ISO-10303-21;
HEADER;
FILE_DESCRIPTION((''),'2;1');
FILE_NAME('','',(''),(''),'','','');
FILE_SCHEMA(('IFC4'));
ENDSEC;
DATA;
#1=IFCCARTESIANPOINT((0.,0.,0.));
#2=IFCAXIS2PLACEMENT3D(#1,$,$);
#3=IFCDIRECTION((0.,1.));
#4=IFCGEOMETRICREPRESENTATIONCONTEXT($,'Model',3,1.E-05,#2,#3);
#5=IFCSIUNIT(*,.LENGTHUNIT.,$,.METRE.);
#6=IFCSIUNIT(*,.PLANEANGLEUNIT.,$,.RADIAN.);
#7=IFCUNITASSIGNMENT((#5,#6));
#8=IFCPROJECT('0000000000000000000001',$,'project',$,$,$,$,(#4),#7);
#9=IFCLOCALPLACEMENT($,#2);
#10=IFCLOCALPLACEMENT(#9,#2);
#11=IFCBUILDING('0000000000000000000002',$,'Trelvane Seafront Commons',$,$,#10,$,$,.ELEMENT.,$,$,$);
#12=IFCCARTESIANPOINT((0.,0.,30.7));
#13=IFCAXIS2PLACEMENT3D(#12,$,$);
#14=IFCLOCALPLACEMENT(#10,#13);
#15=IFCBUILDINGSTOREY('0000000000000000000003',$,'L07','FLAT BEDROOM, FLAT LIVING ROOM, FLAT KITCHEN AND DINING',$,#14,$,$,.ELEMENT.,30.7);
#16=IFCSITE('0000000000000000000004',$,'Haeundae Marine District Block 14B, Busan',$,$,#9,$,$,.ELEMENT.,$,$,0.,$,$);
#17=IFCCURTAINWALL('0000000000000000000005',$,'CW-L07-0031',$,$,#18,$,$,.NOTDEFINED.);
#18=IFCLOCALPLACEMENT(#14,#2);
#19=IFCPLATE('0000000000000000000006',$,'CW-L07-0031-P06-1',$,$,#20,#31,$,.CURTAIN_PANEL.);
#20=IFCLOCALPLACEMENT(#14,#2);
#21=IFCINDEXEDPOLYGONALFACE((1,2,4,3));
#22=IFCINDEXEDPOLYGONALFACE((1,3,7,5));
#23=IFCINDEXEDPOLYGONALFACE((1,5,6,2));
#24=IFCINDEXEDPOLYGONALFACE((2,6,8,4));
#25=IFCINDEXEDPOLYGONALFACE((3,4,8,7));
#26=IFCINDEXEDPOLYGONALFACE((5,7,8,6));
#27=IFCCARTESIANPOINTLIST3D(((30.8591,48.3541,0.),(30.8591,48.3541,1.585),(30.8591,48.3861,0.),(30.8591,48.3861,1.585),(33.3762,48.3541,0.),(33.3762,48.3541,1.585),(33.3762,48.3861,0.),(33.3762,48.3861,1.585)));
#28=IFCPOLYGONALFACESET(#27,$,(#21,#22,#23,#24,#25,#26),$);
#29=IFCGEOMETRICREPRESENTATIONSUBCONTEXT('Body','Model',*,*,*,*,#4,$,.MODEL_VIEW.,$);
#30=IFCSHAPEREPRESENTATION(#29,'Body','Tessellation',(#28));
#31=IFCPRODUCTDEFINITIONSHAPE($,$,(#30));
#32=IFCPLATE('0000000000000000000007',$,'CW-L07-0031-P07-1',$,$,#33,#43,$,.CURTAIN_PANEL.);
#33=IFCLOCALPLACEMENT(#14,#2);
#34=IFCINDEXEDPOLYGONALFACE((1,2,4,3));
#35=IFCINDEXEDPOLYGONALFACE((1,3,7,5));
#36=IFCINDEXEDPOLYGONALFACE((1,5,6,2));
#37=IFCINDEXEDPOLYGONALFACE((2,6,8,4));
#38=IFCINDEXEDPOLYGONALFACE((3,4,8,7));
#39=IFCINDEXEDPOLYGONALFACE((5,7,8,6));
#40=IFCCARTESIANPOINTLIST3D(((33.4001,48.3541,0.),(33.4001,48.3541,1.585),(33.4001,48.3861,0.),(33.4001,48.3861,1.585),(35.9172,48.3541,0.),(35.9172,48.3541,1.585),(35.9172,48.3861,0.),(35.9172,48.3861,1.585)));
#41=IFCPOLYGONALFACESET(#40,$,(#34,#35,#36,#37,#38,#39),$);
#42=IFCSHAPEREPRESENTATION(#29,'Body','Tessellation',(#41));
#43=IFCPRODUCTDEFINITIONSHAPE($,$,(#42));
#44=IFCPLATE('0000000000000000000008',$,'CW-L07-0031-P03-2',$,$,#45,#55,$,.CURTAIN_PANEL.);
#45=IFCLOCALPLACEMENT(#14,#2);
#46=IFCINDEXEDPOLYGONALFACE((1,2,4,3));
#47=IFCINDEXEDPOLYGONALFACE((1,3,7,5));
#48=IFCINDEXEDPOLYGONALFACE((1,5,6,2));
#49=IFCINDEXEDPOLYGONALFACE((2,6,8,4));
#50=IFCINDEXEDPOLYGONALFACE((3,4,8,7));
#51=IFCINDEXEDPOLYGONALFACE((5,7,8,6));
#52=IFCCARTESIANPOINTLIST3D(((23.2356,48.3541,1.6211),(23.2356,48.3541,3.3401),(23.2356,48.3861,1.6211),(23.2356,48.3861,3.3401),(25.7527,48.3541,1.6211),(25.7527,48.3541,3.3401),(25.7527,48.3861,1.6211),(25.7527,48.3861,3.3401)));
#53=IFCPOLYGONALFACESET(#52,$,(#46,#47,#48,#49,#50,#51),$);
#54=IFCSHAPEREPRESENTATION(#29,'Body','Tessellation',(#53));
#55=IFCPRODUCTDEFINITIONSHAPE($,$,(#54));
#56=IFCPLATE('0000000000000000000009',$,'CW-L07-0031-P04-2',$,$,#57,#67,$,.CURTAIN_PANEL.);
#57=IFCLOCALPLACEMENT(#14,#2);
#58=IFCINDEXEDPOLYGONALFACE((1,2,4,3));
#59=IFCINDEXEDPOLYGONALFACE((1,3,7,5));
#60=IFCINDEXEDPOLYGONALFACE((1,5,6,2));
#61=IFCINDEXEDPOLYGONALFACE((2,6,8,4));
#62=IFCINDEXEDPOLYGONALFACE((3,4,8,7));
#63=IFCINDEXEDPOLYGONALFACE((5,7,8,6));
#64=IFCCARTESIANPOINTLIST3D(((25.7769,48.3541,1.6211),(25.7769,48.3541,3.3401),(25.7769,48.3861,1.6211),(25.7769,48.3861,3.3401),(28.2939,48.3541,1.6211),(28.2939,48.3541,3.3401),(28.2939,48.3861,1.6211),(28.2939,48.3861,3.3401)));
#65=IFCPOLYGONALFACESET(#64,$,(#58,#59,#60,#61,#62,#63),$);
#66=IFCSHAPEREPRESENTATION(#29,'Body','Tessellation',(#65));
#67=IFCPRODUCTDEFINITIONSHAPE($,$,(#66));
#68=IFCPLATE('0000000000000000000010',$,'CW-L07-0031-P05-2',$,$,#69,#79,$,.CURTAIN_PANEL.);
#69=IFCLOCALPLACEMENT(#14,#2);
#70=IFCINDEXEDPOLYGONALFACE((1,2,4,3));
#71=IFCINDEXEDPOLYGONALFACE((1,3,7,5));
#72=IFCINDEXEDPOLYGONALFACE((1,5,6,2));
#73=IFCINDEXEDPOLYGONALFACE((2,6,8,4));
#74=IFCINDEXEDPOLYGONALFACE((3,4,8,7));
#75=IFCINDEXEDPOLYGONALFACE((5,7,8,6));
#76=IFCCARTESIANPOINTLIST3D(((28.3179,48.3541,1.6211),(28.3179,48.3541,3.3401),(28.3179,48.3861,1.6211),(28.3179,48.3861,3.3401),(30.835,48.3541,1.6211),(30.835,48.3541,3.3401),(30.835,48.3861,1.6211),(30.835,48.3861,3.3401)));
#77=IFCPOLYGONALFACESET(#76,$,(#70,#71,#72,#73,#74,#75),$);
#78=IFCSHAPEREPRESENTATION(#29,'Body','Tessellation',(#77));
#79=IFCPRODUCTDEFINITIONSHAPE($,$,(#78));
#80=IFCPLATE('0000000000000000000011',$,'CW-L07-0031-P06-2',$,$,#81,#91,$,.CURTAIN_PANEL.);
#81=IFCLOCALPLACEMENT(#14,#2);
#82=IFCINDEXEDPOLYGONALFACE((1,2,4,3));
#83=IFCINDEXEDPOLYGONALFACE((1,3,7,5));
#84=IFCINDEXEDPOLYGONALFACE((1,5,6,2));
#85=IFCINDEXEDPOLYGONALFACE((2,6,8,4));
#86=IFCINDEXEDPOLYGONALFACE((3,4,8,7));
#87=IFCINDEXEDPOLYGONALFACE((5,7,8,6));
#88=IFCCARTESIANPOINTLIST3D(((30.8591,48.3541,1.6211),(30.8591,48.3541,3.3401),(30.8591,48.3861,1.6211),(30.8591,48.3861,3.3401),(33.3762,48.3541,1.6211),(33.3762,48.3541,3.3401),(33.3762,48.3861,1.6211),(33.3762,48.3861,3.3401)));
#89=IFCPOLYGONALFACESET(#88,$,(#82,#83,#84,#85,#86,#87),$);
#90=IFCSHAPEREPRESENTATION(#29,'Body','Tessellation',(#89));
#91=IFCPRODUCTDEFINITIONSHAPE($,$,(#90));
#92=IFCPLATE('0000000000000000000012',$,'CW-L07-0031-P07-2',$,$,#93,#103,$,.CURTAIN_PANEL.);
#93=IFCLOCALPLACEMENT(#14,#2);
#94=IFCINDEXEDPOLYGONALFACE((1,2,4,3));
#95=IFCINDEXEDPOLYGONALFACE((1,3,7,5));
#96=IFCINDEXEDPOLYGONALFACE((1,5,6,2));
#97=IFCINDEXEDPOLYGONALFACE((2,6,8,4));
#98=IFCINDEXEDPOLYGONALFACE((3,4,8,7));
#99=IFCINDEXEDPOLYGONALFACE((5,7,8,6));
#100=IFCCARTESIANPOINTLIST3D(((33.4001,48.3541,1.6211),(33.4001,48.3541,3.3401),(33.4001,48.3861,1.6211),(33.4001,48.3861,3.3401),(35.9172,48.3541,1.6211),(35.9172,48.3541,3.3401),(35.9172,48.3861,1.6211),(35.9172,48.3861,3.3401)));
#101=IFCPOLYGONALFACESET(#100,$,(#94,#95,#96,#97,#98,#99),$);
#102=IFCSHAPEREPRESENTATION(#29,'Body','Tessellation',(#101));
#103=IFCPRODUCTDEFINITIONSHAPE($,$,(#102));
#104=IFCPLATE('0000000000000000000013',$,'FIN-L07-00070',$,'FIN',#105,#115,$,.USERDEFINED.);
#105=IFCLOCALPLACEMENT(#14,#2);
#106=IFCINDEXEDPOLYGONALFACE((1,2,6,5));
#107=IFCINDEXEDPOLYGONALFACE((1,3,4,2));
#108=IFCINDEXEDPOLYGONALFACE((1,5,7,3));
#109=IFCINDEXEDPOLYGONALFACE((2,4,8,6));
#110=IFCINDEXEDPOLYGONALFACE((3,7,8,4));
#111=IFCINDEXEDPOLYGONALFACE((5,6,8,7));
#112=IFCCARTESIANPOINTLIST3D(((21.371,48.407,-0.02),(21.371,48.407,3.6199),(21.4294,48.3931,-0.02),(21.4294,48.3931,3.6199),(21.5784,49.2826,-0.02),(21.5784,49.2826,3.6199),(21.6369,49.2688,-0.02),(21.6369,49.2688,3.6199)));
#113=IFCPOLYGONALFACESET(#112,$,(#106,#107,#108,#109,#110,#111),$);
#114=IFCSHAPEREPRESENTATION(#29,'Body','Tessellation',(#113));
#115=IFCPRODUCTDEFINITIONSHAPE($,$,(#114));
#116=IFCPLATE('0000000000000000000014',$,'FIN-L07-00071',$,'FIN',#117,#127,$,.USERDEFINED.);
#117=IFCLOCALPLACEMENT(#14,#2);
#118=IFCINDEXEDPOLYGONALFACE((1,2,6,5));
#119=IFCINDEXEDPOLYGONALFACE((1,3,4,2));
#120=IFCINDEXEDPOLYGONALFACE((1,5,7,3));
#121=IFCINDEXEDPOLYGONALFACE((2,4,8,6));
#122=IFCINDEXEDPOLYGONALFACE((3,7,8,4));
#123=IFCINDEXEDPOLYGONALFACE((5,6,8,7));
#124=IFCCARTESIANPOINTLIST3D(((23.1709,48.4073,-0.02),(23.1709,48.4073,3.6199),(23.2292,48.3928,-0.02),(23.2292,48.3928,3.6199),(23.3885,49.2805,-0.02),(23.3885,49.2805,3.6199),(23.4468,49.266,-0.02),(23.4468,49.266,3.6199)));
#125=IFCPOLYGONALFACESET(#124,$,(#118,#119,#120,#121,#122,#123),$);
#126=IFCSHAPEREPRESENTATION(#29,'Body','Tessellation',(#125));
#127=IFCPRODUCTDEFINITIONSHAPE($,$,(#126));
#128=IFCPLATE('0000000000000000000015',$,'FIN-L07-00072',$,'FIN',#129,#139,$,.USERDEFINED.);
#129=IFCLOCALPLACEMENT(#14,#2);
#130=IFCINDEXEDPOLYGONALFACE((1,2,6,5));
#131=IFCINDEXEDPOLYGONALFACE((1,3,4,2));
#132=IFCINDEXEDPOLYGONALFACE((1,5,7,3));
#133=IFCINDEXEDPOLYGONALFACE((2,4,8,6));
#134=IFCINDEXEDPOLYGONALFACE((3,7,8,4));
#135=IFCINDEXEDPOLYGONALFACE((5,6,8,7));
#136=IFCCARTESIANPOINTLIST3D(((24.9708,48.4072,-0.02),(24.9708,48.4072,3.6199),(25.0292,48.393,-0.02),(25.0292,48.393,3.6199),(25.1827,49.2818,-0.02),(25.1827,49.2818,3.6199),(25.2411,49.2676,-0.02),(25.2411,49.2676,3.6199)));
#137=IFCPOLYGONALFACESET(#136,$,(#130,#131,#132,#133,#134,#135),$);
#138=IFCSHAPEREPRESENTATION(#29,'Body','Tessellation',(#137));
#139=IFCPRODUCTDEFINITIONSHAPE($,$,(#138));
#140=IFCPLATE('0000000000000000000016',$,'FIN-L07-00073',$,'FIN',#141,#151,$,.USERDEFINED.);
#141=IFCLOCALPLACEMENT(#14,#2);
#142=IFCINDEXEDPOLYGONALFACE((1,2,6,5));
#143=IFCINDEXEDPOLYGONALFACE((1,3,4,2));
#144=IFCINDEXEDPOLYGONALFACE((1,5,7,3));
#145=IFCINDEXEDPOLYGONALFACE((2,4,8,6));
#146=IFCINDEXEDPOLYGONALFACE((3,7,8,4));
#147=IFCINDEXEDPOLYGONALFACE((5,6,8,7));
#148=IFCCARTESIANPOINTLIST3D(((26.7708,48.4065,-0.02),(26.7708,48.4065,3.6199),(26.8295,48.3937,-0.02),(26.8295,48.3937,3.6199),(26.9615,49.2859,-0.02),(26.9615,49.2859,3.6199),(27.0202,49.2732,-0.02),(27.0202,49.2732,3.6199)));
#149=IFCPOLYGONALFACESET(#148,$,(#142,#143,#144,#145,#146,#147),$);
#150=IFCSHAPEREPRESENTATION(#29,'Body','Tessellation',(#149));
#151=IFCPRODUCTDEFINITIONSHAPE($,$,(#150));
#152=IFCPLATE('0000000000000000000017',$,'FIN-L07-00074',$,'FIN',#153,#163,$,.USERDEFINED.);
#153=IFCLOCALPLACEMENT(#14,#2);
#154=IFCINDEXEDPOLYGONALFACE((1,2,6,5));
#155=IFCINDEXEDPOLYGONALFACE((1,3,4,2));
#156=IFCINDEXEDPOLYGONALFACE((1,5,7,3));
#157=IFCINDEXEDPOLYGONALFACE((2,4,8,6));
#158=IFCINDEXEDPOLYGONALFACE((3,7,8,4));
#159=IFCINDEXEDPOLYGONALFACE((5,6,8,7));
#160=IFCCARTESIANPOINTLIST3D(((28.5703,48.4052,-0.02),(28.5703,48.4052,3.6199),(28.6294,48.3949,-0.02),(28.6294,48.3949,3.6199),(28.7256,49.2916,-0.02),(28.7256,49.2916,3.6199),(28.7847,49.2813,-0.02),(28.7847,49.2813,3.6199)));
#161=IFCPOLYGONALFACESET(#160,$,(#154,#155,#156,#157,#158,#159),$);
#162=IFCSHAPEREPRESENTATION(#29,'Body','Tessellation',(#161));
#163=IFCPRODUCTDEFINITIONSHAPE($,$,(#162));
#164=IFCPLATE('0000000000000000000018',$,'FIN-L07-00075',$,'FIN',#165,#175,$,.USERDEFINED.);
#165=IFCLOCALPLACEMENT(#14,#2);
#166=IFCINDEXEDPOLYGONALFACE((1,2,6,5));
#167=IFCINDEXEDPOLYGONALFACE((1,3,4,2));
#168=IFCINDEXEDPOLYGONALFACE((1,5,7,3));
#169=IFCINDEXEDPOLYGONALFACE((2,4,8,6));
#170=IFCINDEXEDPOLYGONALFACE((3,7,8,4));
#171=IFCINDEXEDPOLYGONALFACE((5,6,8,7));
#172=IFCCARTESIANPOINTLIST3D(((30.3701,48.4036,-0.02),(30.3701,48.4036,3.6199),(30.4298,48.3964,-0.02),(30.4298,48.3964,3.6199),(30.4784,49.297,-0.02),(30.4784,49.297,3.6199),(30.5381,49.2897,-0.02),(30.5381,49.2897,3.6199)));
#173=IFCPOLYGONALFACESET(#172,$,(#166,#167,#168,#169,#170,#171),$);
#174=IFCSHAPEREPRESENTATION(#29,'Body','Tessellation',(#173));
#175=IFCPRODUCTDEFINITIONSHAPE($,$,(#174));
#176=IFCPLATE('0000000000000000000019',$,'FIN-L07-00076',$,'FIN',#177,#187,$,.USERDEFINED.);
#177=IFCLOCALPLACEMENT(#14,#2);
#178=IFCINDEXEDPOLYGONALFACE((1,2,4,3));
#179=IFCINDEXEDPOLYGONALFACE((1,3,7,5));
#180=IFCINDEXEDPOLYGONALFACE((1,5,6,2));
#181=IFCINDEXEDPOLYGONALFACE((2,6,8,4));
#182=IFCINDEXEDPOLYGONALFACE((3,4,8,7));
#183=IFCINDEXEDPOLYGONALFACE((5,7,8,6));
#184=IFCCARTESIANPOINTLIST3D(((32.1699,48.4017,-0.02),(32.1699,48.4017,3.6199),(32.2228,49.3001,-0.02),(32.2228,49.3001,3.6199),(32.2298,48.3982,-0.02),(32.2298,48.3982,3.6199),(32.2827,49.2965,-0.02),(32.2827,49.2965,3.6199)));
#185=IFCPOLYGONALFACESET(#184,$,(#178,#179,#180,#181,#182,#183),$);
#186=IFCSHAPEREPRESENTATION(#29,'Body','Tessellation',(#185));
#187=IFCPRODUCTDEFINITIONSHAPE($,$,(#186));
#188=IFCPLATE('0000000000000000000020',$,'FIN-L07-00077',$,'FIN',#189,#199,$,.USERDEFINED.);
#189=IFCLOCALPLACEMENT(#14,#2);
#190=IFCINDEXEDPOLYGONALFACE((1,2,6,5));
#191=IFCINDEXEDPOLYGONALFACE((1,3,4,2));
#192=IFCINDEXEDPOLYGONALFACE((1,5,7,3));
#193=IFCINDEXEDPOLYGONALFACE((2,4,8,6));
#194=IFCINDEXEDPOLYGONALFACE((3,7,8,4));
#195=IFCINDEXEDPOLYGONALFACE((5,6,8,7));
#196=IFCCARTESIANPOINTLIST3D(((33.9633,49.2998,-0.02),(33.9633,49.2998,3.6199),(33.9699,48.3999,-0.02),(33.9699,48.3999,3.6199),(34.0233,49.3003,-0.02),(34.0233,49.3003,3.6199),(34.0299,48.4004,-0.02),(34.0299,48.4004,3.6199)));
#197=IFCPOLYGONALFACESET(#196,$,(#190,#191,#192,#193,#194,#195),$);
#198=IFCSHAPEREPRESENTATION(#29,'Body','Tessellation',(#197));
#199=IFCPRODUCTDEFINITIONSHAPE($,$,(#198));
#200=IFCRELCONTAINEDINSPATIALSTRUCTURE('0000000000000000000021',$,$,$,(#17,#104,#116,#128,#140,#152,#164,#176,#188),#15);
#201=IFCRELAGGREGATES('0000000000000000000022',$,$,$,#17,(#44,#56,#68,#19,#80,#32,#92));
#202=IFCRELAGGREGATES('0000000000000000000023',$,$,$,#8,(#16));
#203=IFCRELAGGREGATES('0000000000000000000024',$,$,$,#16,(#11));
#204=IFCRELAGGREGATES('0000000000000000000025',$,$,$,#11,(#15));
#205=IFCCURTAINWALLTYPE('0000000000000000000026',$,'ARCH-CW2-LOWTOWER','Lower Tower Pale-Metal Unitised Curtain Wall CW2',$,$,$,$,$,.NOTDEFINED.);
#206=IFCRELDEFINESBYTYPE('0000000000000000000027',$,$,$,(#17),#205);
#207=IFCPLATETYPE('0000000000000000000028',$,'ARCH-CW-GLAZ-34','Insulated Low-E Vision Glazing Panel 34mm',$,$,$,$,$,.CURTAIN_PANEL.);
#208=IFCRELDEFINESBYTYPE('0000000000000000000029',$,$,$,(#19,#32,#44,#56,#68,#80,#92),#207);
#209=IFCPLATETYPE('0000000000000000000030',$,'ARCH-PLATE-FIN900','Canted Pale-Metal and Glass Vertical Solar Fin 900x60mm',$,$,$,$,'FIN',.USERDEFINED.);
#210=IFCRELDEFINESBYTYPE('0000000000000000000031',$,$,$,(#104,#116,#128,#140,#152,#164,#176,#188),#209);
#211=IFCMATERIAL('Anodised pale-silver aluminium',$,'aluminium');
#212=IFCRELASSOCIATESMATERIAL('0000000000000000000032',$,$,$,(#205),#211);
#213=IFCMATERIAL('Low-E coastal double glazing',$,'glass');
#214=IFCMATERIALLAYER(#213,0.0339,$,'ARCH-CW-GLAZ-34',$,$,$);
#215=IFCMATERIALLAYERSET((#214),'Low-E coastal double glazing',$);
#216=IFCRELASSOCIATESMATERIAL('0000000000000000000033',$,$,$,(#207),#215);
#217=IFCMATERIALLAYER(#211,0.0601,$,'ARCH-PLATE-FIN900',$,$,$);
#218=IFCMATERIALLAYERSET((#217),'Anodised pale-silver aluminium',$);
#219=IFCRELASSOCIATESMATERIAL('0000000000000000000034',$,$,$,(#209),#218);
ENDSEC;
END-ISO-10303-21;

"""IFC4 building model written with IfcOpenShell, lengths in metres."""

from ifc_helpers import new_model, si_unit, direction, frame, origin, origin_2d, place, context, subcontext, project, spatial, rectangle, extrude, source, transform, mapped, material, layer, layer_set, type_object, element, aggregate, save


model = new_model("IFC4")

# Units and contexts
model_context = context("Model", 3, precision=1e-05, world=origin(), true_north=direction((0.0, 1.0)))
body_context = subcontext(model_context, "Body", "Model", "MODEL_VIEW")
ifc_project = project(units=[si_unit("LENGTHUNIT", "METRE"), si_unit("PLANEANGLEUNIT", "RADIAN")], contexts=[model_context])

# Site, building, storey
site_placement = place(None, origin())
site = spatial("IfcSite", under=ifc_project, at=site_placement, Name="Haeundae Marine District Block 14B, Busan", CompositionType="ELEMENT", RefElevation=0.0)
building_placement = place(site_placement, origin())
building = spatial("IfcBuilding", under=site, at=building_placement, Name="Trelvane Seafront Commons", CompositionType="ELEMENT")
storey_placement = place(building_placement, frame((0.0, 0.0, 30.7)))
storey = spatial("IfcBuildingStorey", under=building, at=storey_placement, Name="L07", Description="FLAT BEDROOM, FLAT LIVING ROOM, FLAT KITCHEN AND DINING", CompositionType="ELEMENT", Elevation=30.7)

# Curtain wall, plates
ifc_material_1 = material(Name="Anodised pale-silver aluminium", Category="aluminium")
curtain_wall_type = type_object("IfcCurtainWallType", Name="ARCH-CW2-LOWTOWER", Description="Lower Tower Pale-Metal Unitised Curtain Wall CW2", PredefinedType="NOTDEFINED", material=ifc_material_1)
curtain_wall_placement = place(storey_placement, origin())
curtain_wall = element("IfcCurtainWall", 1, at=curtain_wall_placement, inside=storey, type_object=curtain_wall_type, Name="CW-L07-0031", PredefinedType="NOTDEFINED")
ifc_material_2 = material(Name="Low-E coastal double glazing", Category="glass")
ifc_layer_1 = layer(ifc_material_2, 0.0339, Name="ARCH-CW-GLAZ-34")
ifc_layer_set_1 = layer_set([ifc_layer_1], Name="Low-E coastal double glazing")
plate_type_1 = type_object("IfcPlateType", Name="ARCH-CW-GLAZ-34", Description="Insulated Low-E Vision Glazing Panel 34mm", PredefinedType="CURTAIN_PANEL", material=ifc_layer_set_1)
shared_shape_1 = source(origin(), body_context, "Body", "SweptSolid", [
    extrude(rectangle(XDim=2.5171, YDim=0.032, at=origin_2d()), origin(), (0.0, 0.0, 1.0), 1.585),
])
plate_1_placement = place(storey_placement, frame((32.1177, 48.3701, 0.0), z_axis=(0.0, 0.0, 1.0), x_axis=(1.0, 0.0, 0.0)))
plate_1 = element("IfcPlate", 2, at=plate_1_placement, type_object=plate_type_1, Name="CW-L07-0031-P06-1", PredefinedType="CURTAIN_PANEL", context=body_context, shape_type="MappedRepresentation", body=[
    mapped(shared_shape_1, transform((0.0, 0.0, 0.0), x_axis=(1.0, 0.0, 0.0), y_axis=(0.0, 1.0, 0.0), z_axis=(0.0, 0.0, 1.0), scale=1.0)),
])
plate_2_placement = place(storey_placement, frame((34.6587, 48.3701, 0.0), z_axis=(0.0, 0.0, 1.0), x_axis=(1.0, 0.0, 0.0)))
plate_2 = element("IfcPlate", 3, at=plate_2_placement, type_object=plate_type_1, Name="CW-L07-0031-P07-1", PredefinedType="CURTAIN_PANEL", context=body_context, shape_type="MappedRepresentation", body=[
    mapped(shared_shape_1, transform((0.0, 0.0, 0.0), x_axis=(1.0, 0.0, 0.0), y_axis=(0.0, 1.0, 0.0), z_axis=(0.0, 0.0, 1.0), scale=1.0)),
])
shared_shape_2 = source(origin(), body_context, "Body", "SweptSolid", [
    extrude(rectangle(XDim=2.5171, YDim=0.032, at=origin_2d()), origin(), (0.0, 0.0, 1.0), 1.719),
])
plate_3_placement = place(storey_placement, frame((24.4941, 48.3701, 1.6211), z_axis=(0.0, 0.0, 1.0), x_axis=(1.0, 0.0, 0.0)))
plate_3 = element("IfcPlate", 4, at=plate_3_placement, type_object=plate_type_1, Name="CW-L07-0031-P03-2", PredefinedType="CURTAIN_PANEL", context=body_context, shape_type="MappedRepresentation", body=[
    mapped(shared_shape_2, transform((0.0, 0.0, 0.0), x_axis=(1.0, 0.0, 0.0), y_axis=(0.0, 1.0, 0.0), z_axis=(0.0, 0.0, 1.0), scale=1.0)),
])
plate_4_placement = place(storey_placement, frame((27.0354, 48.3701, 1.6211), z_axis=(0.0, 0.0, 1.0), x_axis=(1.0, 0.0, 0.0)))
plate_4 = element("IfcPlate", 5, at=plate_4_placement, type_object=plate_type_1, Name="CW-L07-0031-P04-2", PredefinedType="CURTAIN_PANEL", context=body_context, shape_type="MappedRepresentation", body=[
    mapped(shared_shape_2, transform((0.0, 0.0, 0.0), x_axis=(1.0, 0.0, 0.0), y_axis=(0.0, 1.0, 0.0), z_axis=(0.0, 0.0, 1.0), scale=1.0)),
])
plate_5_placement = place(storey_placement, frame((29.5764, 48.3701, 1.6211), z_axis=(0.0, 0.0, 1.0), x_axis=(1.0, 0.0, 0.0)))
plate_5 = element("IfcPlate", 6, at=plate_5_placement, type_object=plate_type_1, Name="CW-L07-0031-P05-2", PredefinedType="CURTAIN_PANEL", context=body_context, shape_type="MappedRepresentation", body=[
    mapped(shared_shape_2, transform((0.0, 0.0, 0.0), x_axis=(1.0, 0.0, 0.0), y_axis=(0.0, 1.0, 0.0), z_axis=(0.0, 0.0, 1.0), scale=1.0)),
])
plate_6_placement = place(storey_placement, frame((32.1177, 48.3701, 1.6211), z_axis=(0.0, 0.0, 1.0), x_axis=(1.0, 0.0, 0.0)))
plate_6 = element("IfcPlate", 7, at=plate_6_placement, type_object=plate_type_1, Name="CW-L07-0031-P06-2", PredefinedType="CURTAIN_PANEL", context=body_context, shape_type="MappedRepresentation", body=[
    mapped(shared_shape_2, transform((0.0, 0.0, 0.0), x_axis=(1.0, 0.0, 0.0), y_axis=(0.0, 1.0, 0.0), z_axis=(0.0, 0.0, 1.0), scale=1.0)),
])
plate_7_placement = place(storey_placement, frame((34.6587, 48.3701, 1.6211), z_axis=(0.0, 0.0, 1.0), x_axis=(1.0, 0.0, 0.0)))
plate_7 = element("IfcPlate", 8, at=plate_7_placement, type_object=plate_type_1, Name="CW-L07-0031-P07-2", PredefinedType="CURTAIN_PANEL", context=body_context, shape_type="MappedRepresentation", body=[
    mapped(shared_shape_2, transform((0.0, 0.0, 0.0), x_axis=(1.0, 0.0, 0.0), y_axis=(0.0, 1.0, 0.0), z_axis=(0.0, 0.0, 1.0), scale=1.0)),
])
aggregate(curtain_wall, [plate_3, plate_4, plate_5, plate_1, plate_6, plate_2, plate_7])

# Plates
ifc_layer_2 = layer(ifc_material_1, 0.0601, Name="ARCH-PLATE-FIN900")
ifc_layer_set_2 = layer_set([ifc_layer_2], Name="Anodised pale-silver aluminium")
plate_type_2 = type_object("IfcPlateType", Name="ARCH-PLATE-FIN900", Description="Canted Pale-Metal and Glass Vertical Solar Fin 900x60mm", ElementType="FIN", PredefinedType="USERDEFINED", material=ifc_layer_set_2)
shared_shape_3 = source(origin(), body_context, "Body", "SweptSolid", [
    extrude(rectangle(XDim=0.8999, YDim=0.0601, at=origin_2d()), origin(), (0.0, 0.0, 1.0), 3.6399),
])
for number, where, z_axis, x_axis, name in (
    (9, (21.5039, 48.8379, -0.02), (0.0, 0.0, 1.0), (0.230544, 0.973062, 0.0), "FIN-L07-00070"),
    (10, (23.3088, 48.8367, -0.02), (0.0, 0.0, 1.0), (0.241778, 0.970332, 0.0), "FIN-L07-00071"),
    (11, (25.106, 48.8374, -0.02), (0.0, 0.0, 1.0), (0.235444, 0.971888, 0.0), "FIN-L07-00072"),
    (12, (26.8955, 48.8398, -0.02), (0.0, 0.0, 1.0), (0.211881, 0.977295, 0.0), "FIN-L07-00073"),
    (13, (28.6775, 48.8433, -0.02), (0.0, 0.0, 1.0), (0.172555, 0.985, 0.0), "FIN-L07-00074"),
    (14, (30.4541, 48.8467, -0.02), (0.0, 0.0, 1.0), (0.120327, 0.992734, 0.0), "FIN-L07-00075"),
    (15, (32.2263, 48.8491, -0.02), (0.0, 0.0, 1.0), (0.05878, 0.998271, 0.0), "FIN-L07-00076"),
    (16, (33.9966, 48.8501, -0.02), (0.0, 0.0, 1.0), (-0.007334, 0.999973, 0.0), "FIN-L07-00077"),
):
    element("IfcPlate", number, at=place(storey_placement, frame(where, z_axis=z_axis, x_axis=x_axis)), inside=storey, type_object=plate_type_2, Name=name, ObjectType="FIN", PredefinedType="USERDEFINED", context=body_context, shape_type="MappedRepresentation", body=[
        mapped(shared_shape_3, transform((0.0, 0.0, 0.0), x_axis=(1.0, 0.0, 0.0), y_axis=(0.0, 1.0, 0.0), z_axis=(0.0, 0.0, 1.0), scale=1.0)),
    ])

save(model, "model.ifc")
